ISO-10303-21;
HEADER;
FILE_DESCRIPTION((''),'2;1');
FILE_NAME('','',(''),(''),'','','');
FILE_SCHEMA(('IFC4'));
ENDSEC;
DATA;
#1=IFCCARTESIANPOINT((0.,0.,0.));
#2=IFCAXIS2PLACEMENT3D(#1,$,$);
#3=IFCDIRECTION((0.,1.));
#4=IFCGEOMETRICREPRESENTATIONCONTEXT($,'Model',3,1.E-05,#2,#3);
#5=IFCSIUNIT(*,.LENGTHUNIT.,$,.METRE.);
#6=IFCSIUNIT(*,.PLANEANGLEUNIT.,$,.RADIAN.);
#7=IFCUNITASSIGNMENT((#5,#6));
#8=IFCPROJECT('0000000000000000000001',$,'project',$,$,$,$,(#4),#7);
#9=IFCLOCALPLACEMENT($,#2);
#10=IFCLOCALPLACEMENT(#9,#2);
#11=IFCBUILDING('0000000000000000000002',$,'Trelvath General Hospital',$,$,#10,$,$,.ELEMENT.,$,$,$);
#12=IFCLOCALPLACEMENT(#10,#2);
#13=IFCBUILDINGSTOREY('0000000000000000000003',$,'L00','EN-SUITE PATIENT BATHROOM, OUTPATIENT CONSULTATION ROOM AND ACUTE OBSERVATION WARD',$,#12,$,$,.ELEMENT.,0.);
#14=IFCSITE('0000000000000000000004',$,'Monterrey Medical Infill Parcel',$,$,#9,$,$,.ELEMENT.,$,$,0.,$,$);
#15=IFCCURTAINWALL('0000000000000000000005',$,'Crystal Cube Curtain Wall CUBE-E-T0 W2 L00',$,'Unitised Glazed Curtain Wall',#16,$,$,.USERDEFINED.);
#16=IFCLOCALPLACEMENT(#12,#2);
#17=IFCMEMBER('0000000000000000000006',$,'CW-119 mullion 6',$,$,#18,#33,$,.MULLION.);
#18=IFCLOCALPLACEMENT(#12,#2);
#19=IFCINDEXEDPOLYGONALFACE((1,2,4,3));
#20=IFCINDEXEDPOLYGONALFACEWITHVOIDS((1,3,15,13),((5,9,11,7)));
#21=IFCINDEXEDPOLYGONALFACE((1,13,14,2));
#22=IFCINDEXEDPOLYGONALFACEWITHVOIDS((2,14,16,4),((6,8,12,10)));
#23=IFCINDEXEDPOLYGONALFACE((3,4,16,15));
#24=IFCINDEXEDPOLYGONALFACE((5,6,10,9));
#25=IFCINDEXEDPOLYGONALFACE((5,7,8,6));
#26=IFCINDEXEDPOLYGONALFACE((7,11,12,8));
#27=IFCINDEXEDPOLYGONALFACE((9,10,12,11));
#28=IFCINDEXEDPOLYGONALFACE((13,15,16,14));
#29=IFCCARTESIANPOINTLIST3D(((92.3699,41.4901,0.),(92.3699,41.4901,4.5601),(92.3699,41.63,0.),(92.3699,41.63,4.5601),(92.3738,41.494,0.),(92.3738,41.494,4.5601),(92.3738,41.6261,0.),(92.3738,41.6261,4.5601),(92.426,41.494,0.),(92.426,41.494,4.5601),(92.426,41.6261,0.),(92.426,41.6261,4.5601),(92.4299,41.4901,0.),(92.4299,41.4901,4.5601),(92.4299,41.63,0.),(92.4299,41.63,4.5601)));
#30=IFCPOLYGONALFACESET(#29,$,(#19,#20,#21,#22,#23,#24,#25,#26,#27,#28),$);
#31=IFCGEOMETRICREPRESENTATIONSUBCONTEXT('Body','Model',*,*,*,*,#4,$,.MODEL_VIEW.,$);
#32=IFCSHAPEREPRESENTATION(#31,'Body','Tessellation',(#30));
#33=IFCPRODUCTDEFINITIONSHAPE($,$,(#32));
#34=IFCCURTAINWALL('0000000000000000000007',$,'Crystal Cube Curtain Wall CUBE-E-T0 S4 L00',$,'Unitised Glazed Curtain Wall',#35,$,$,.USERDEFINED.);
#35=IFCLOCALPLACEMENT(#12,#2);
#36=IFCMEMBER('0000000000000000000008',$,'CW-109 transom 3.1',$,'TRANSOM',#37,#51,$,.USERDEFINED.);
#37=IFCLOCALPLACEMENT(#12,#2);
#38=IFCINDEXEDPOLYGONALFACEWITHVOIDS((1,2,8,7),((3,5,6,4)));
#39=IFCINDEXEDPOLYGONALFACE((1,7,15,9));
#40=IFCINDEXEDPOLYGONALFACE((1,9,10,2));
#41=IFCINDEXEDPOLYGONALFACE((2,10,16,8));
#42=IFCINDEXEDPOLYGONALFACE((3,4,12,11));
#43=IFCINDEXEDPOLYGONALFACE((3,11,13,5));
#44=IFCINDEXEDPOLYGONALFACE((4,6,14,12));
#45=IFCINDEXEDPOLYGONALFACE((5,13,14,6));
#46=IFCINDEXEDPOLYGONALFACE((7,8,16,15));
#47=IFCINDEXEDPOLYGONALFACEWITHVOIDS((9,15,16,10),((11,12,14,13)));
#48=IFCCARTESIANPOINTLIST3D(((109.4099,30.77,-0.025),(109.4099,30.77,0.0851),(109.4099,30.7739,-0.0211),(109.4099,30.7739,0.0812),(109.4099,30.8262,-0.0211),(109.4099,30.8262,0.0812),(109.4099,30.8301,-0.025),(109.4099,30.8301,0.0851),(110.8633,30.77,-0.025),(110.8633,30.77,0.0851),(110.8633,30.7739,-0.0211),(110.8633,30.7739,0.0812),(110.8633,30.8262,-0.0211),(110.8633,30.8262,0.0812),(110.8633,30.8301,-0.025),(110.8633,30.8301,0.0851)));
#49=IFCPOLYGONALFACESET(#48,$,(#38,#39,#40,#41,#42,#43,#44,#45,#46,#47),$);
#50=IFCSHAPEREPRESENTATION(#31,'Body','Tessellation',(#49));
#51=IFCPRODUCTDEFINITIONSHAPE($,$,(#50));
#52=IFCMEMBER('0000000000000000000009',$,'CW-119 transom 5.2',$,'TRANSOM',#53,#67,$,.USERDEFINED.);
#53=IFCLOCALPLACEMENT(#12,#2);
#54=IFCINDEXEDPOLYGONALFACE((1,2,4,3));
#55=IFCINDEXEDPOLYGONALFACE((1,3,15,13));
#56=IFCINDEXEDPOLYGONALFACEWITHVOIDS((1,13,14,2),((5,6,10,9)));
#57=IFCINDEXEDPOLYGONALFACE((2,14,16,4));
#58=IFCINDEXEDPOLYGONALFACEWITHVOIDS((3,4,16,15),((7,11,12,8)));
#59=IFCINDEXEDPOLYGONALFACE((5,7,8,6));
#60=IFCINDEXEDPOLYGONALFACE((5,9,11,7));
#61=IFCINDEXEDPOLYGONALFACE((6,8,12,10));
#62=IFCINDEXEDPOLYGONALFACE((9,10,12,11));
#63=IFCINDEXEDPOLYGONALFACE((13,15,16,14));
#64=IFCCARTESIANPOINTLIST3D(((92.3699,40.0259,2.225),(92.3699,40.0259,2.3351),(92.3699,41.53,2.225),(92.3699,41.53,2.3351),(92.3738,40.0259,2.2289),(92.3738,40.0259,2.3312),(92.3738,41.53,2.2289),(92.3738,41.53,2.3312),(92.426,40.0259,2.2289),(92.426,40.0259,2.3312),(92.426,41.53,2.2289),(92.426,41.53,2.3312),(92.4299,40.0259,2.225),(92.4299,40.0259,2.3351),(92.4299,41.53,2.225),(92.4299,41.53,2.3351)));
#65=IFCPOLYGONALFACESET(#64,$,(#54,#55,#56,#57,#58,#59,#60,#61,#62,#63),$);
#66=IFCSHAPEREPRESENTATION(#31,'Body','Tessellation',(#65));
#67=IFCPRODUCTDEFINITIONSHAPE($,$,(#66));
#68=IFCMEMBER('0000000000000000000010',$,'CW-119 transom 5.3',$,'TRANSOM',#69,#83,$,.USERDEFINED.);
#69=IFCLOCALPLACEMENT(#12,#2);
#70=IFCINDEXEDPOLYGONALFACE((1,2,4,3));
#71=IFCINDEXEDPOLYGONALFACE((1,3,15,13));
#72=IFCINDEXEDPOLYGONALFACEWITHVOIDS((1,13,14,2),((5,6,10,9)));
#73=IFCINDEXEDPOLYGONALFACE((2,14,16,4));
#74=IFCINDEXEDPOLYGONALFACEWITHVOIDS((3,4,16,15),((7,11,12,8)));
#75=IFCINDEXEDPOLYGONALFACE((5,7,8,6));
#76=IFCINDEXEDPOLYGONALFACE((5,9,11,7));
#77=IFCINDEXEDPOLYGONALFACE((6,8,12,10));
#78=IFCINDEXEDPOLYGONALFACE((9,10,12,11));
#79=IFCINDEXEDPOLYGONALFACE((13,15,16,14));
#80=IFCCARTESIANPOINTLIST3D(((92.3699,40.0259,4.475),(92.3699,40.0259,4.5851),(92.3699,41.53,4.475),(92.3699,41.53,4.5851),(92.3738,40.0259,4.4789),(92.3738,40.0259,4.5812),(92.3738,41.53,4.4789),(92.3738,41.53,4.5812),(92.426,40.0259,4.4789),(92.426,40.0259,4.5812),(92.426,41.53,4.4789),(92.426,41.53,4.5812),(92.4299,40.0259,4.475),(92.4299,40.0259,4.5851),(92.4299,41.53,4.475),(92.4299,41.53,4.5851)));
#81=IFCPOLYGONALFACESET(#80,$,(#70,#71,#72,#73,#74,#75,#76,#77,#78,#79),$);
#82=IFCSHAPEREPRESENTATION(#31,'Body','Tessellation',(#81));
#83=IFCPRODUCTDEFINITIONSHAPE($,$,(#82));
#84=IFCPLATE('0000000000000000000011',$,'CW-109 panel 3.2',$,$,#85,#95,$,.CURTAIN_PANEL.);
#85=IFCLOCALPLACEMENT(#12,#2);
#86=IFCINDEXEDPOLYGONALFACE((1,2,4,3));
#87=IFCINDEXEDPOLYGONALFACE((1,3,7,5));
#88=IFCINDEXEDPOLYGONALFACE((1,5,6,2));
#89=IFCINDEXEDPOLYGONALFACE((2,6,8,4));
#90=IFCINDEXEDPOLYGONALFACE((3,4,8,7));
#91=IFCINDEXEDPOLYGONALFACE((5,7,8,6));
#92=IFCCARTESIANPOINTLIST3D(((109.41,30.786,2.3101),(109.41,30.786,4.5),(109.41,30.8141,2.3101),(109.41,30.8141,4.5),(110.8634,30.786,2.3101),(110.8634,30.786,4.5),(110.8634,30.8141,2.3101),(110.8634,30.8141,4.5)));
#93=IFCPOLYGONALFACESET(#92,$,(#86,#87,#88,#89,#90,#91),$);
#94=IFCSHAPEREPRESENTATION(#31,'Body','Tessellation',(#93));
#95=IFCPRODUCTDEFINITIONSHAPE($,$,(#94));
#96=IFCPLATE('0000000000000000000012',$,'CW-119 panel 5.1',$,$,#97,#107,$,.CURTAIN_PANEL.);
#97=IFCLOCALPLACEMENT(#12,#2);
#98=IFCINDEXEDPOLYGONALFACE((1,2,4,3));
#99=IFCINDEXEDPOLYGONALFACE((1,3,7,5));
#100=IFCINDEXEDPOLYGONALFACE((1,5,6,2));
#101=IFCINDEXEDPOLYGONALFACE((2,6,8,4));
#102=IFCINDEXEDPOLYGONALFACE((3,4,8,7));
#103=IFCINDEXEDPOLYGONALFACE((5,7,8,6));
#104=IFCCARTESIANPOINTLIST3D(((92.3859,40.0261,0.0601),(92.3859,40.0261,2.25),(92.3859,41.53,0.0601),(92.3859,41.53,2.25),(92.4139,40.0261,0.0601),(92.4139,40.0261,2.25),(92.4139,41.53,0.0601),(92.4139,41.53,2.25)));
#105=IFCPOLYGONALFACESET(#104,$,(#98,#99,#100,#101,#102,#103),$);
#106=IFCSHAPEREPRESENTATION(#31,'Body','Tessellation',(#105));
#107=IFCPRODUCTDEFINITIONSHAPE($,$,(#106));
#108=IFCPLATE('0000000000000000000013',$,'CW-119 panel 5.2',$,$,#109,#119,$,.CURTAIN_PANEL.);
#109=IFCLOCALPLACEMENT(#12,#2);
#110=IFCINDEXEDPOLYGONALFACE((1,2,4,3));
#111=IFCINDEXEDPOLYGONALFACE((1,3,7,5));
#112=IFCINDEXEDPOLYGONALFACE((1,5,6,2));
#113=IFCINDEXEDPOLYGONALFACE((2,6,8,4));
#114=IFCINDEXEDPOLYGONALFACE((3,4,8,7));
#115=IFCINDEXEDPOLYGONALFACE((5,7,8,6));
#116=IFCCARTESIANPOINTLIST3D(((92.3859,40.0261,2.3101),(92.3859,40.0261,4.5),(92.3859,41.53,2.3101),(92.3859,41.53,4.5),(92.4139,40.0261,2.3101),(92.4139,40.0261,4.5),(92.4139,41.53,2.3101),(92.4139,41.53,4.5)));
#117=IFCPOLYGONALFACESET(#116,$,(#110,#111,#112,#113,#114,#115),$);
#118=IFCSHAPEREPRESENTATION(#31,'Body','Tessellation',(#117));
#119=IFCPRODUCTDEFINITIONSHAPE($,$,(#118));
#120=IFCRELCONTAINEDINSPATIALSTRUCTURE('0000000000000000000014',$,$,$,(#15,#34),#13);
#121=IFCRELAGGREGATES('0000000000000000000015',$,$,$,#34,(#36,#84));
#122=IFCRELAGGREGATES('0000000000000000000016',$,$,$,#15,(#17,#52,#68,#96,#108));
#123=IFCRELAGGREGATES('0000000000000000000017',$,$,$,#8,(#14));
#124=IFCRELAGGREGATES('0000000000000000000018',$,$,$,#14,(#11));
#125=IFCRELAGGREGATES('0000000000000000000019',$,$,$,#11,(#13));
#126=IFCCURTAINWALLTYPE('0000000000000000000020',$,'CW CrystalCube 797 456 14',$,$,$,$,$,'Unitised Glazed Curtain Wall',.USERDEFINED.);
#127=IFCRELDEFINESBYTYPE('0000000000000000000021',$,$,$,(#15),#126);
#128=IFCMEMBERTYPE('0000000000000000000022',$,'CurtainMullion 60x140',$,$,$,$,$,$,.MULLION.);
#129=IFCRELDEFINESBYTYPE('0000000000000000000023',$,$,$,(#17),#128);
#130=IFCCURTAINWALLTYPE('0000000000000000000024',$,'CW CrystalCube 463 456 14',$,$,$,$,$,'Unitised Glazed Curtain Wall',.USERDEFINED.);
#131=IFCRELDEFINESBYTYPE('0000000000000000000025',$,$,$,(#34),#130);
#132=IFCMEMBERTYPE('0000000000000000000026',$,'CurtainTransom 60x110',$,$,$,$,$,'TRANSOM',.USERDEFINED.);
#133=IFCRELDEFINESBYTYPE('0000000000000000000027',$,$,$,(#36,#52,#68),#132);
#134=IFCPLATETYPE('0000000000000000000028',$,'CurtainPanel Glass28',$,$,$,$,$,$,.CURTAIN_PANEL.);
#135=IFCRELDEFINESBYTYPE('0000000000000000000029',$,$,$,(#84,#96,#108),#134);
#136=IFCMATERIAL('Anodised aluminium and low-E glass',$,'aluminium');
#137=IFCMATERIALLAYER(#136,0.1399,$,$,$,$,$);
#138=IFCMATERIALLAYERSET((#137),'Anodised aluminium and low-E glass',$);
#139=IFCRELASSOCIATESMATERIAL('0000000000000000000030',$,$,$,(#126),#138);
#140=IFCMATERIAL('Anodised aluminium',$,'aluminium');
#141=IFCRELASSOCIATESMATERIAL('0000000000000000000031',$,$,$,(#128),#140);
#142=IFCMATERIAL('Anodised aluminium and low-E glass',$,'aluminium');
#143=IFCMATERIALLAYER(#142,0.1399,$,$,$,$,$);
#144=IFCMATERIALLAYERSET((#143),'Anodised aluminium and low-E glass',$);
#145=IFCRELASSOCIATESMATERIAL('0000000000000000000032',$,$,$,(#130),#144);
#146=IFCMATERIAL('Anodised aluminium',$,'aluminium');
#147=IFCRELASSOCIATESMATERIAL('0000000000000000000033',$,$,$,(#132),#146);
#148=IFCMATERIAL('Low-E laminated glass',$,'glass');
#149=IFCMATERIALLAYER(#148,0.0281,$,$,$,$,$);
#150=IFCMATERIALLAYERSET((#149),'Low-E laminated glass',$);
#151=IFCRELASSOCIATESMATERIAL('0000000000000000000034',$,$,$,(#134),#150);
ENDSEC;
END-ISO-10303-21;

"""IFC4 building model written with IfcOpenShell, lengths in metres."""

from ifc_helpers import new_model, si_unit, direction, frame, origin, origin_2d, place, context, subcontext, project, spatial, rectangle, hollow_rectangle, extrude, material, layer, layer_set, material_profile, profile_set, type_object, element, aggregate, save


model = new_model("IFC4")

# Units and contexts
model_context = context("Model", 3, precision=1e-05, world=origin(), true_north=direction((0.0, 1.0)))
body_context = subcontext(model_context, "Body", "Model", "MODEL_VIEW")
ifc_project = project(units=[si_unit("LENGTHUNIT", "METRE"), si_unit("PLANEANGLEUNIT", "RADIAN")], contexts=[model_context])

# Site, building, storey
site_placement = place(None, origin())
site = spatial("IfcSite", under=ifc_project, at=site_placement, Name="Monterrey Medical Infill Parcel", CompositionType="ELEMENT", RefElevation=0.0)
building_placement = place(site_placement, origin())
building = spatial("IfcBuilding", under=site, at=building_placement, Name="Trelvath General Hospital", CompositionType="ELEMENT")
storey_placement = place(building_placement, origin())
storey = spatial("IfcBuildingStorey", under=building, at=storey_placement, Name="L00", Description="EN-SUITE PATIENT BATHROOM, OUTPATIENT CONSULTATION ROOM AND ACUTE OBSERVATION WARD", CompositionType="ELEMENT", Elevation=0.0)

# Curtain walls, members
ifc_material_1 = material(Name="Anodised aluminium and low-E glass", Category="aluminium")
ifc_layer_1 = layer(ifc_material_1, 0.1399)
ifc_layer_set_1 = layer_set([ifc_layer_1], Name="Anodised aluminium and low-E glass")
curtain_wall_type_1 = type_object("IfcCurtainWallType", Name="CW CrystalCube 797 456 14", ElementType="Unitised Glazed Curtain Wall", PredefinedType="USERDEFINED", material=ifc_layer_set_1)
curtain_wall_1_placement = place(storey_placement, origin())
curtain_wall_1 = element("IfcCurtainWall", 1, at=curtain_wall_1_placement, inside=storey, type_object=curtain_wall_type_1, Name="Crystal Cube Curtain Wall CUBE-E-T0 W2 L00", ObjectType="Unitised Glazed Curtain Wall", PredefinedType="USERDEFINED")
ifc_material_2 = material(Name="Anodised aluminium", Category="aluminium")
ifc_material_profile_1 = material_profile(ifc_material_2, hollow_rectangle(XDim=0.0601, YDim=0.1399, WallThickness=0.0039, at=origin_2d()), Name="RHS60x140x4")
ifc_profile_set_1 = profile_set([ifc_material_profile_1], Name="Anodised aluminium")
member_type_1 = type_object("IfcMemberType", Name="CurtainMullion 60x140", PredefinedType="MULLION", material=ifc_profile_set_1)
member_1_placement = place(storey_placement, frame((92.3999, 41.5601, 0.0), z_axis=(0.0, 0.0, 1.0), x_axis=(-1.0, 0.0, 0.0)))
member_1 = element("IfcMember", 2, at=member_1_placement, type_object=member_type_1, Name="CW-119 mullion 6", PredefinedType="MULLION", context=body_context, shape_type="SweptSolid", body=[
    extrude(hollow_rectangle(XDim=0.0601, YDim=0.1399, WallThickness=0.0039, at=origin_2d()), origin(), (0.0, 0.0, 1.0), 4.5601),
])
ifc_material_3 = material(Name="Anodised aluminium and low-E glass", Category="aluminium")
ifc_layer_2 = layer(ifc_material_3, 0.1399)
ifc_layer_set_2 = layer_set([ifc_layer_2], Name="Anodised aluminium and low-E glass")
curtain_wall_type_2 = type_object("IfcCurtainWallType", Name="CW CrystalCube 463 456 14", ElementType="Unitised Glazed Curtain Wall", PredefinedType="USERDEFINED", material=ifc_layer_set_2)
curtain_wall_2_placement = place(storey_placement, origin())
curtain_wall_2 = element("IfcCurtainWall", 3, at=curtain_wall_2_placement, inside=storey, type_object=curtain_wall_type_2, Name="Crystal Cube Curtain Wall CUBE-E-T0 S4 L00", ObjectType="Unitised Glazed Curtain Wall", PredefinedType="USERDEFINED")
ifc_material_4 = material(Name="Anodised aluminium", Category="aluminium")
ifc_material_profile_2 = material_profile(ifc_material_4, hollow_rectangle(XDim=0.0601, YDim=0.1101, WallThickness=0.0039, at=origin_2d()), Name="RHS60x110x4")
ifc_profile_set_2 = profile_set([ifc_material_profile_2], Name="Anodised aluminium")
member_type_2 = type_object("IfcMemberType", Name="CurtainTransom 60x110", ElementType="TRANSOM", PredefinedType="USERDEFINED", material=ifc_profile_set_2)
member_2_placement = place(storey_placement, frame((110.8633, 30.8, 0.03), z_axis=(-1.0, 0.0, 0.0), x_axis=(0.0, -1.0, 0.0)))
member_2 = element("IfcMember", 4, at=member_2_placement, type_object=member_type_2, Name="CW-109 transom 3.1", ObjectType="TRANSOM", PredefinedType="USERDEFINED", context=body_context, shape_type="SweptSolid", body=[
    extrude(hollow_rectangle(XDim=0.0601, YDim=0.1101, WallThickness=0.0039, at=origin_2d()), origin(), (0.0, 0.0, 1.0), 1.4534),
])

# Members
member_3_placement = place(storey_placement, frame((92.3999, 40.0259, 2.28), z_axis=(0.0, 1.0, 0.0), x_axis=(-1.0, 0.0, 0.0)))
member_3 = element("IfcMember", 5, at=member_3_placement, type_object=member_type_2, Name="CW-119 transom 5.2", ObjectType="TRANSOM", PredefinedType="USERDEFINED", context=body_context, shape_type="SweptSolid", body=[
    extrude(hollow_rectangle(XDim=0.0601, YDim=0.1101, WallThickness=0.0039, at=origin_2d()), origin(), (0.0, 0.0, 1.0), 1.5042),
])
member_4_placement = place(storey_placement, frame((92.3999, 40.0259, 4.53), z_axis=(0.0, 1.0, 0.0), x_axis=(-1.0, 0.0, 0.0)))
member_4 = element("IfcMember", 6, at=member_4_placement, type_object=member_type_2, Name="CW-119 transom 5.3", ObjectType="TRANSOM", PredefinedType="USERDEFINED", context=body_context, shape_type="SweptSolid", body=[
    extrude(hollow_rectangle(XDim=0.0601, YDim=0.1101, WallThickness=0.0039, at=origin_2d()), origin(), (0.0, 0.0, 1.0), 1.5042),
])

# Plates
ifc_material_5 = material(Name="Low-E laminated glass", Category="glass")
ifc_layer_3 = layer(ifc_material_5, 0.0281)
ifc_layer_set_3 = layer_set([ifc_layer_3], Name="Low-E laminated glass")
plate_type = type_object("IfcPlateType", Name="CurtainPanel Glass28", PredefinedType="CURTAIN_PANEL", material=ifc_layer_set_3)
plate_1_placement = place(storey_placement, frame((110.1367, 30.8, 2.3101), z_axis=(0.0, 0.0, 1.0), x_axis=(-1.0, 0.0, 0.0)))
plate_1 = element("IfcPlate", 7, at=plate_1_placement, type_object=plate_type, Name="CW-109 panel 3.2", PredefinedType="CURTAIN_PANEL", context=body_context, shape_type="SweptSolid", body=[
    extrude(rectangle(XDim=1.4534, YDim=0.0281, at=origin_2d()), origin(), (0.0, 0.0, 1.0), 2.1899),
])
aggregate(curtain_wall_2, [member_2, plate_1])
plate_2_placement = place(storey_placement, frame((92.3999, 40.7781, 0.0601), z_axis=(0.0, 0.0, 1.0), x_axis=(0.0, 1.0, 0.0)))
plate_2 = element("IfcPlate", 8, at=plate_2_placement, type_object=plate_type, Name="CW-119 panel 5.1", PredefinedType="CURTAIN_PANEL", context=body_context, shape_type="SweptSolid", body=[
    extrude(rectangle(XDim=1.5039, YDim=0.0281, at=origin_2d()), origin(), (0.0, 0.0, 1.0), 2.1899),
])
plate_3_placement = place(storey_placement, frame((92.3999, 40.7781, 2.3101), z_axis=(0.0, 0.0, 1.0), x_axis=(0.0, 1.0, 0.0)))
plate_3 = element("IfcPlate", 9, at=plate_3_placement, type_object=plate_type, Name="CW-119 panel 5.2", PredefinedType="CURTAIN_PANEL", context=body_context, shape_type="SweptSolid", body=[
    extrude(rectangle(XDim=1.5039, YDim=0.0281, at=origin_2d()), origin(), (0.0, 0.0, 1.0), 2.1899),
])
aggregate(curtain_wall_1, [member_1, member_3, member_4, plate_2, plate_3])

save(model, "model.ifc")
